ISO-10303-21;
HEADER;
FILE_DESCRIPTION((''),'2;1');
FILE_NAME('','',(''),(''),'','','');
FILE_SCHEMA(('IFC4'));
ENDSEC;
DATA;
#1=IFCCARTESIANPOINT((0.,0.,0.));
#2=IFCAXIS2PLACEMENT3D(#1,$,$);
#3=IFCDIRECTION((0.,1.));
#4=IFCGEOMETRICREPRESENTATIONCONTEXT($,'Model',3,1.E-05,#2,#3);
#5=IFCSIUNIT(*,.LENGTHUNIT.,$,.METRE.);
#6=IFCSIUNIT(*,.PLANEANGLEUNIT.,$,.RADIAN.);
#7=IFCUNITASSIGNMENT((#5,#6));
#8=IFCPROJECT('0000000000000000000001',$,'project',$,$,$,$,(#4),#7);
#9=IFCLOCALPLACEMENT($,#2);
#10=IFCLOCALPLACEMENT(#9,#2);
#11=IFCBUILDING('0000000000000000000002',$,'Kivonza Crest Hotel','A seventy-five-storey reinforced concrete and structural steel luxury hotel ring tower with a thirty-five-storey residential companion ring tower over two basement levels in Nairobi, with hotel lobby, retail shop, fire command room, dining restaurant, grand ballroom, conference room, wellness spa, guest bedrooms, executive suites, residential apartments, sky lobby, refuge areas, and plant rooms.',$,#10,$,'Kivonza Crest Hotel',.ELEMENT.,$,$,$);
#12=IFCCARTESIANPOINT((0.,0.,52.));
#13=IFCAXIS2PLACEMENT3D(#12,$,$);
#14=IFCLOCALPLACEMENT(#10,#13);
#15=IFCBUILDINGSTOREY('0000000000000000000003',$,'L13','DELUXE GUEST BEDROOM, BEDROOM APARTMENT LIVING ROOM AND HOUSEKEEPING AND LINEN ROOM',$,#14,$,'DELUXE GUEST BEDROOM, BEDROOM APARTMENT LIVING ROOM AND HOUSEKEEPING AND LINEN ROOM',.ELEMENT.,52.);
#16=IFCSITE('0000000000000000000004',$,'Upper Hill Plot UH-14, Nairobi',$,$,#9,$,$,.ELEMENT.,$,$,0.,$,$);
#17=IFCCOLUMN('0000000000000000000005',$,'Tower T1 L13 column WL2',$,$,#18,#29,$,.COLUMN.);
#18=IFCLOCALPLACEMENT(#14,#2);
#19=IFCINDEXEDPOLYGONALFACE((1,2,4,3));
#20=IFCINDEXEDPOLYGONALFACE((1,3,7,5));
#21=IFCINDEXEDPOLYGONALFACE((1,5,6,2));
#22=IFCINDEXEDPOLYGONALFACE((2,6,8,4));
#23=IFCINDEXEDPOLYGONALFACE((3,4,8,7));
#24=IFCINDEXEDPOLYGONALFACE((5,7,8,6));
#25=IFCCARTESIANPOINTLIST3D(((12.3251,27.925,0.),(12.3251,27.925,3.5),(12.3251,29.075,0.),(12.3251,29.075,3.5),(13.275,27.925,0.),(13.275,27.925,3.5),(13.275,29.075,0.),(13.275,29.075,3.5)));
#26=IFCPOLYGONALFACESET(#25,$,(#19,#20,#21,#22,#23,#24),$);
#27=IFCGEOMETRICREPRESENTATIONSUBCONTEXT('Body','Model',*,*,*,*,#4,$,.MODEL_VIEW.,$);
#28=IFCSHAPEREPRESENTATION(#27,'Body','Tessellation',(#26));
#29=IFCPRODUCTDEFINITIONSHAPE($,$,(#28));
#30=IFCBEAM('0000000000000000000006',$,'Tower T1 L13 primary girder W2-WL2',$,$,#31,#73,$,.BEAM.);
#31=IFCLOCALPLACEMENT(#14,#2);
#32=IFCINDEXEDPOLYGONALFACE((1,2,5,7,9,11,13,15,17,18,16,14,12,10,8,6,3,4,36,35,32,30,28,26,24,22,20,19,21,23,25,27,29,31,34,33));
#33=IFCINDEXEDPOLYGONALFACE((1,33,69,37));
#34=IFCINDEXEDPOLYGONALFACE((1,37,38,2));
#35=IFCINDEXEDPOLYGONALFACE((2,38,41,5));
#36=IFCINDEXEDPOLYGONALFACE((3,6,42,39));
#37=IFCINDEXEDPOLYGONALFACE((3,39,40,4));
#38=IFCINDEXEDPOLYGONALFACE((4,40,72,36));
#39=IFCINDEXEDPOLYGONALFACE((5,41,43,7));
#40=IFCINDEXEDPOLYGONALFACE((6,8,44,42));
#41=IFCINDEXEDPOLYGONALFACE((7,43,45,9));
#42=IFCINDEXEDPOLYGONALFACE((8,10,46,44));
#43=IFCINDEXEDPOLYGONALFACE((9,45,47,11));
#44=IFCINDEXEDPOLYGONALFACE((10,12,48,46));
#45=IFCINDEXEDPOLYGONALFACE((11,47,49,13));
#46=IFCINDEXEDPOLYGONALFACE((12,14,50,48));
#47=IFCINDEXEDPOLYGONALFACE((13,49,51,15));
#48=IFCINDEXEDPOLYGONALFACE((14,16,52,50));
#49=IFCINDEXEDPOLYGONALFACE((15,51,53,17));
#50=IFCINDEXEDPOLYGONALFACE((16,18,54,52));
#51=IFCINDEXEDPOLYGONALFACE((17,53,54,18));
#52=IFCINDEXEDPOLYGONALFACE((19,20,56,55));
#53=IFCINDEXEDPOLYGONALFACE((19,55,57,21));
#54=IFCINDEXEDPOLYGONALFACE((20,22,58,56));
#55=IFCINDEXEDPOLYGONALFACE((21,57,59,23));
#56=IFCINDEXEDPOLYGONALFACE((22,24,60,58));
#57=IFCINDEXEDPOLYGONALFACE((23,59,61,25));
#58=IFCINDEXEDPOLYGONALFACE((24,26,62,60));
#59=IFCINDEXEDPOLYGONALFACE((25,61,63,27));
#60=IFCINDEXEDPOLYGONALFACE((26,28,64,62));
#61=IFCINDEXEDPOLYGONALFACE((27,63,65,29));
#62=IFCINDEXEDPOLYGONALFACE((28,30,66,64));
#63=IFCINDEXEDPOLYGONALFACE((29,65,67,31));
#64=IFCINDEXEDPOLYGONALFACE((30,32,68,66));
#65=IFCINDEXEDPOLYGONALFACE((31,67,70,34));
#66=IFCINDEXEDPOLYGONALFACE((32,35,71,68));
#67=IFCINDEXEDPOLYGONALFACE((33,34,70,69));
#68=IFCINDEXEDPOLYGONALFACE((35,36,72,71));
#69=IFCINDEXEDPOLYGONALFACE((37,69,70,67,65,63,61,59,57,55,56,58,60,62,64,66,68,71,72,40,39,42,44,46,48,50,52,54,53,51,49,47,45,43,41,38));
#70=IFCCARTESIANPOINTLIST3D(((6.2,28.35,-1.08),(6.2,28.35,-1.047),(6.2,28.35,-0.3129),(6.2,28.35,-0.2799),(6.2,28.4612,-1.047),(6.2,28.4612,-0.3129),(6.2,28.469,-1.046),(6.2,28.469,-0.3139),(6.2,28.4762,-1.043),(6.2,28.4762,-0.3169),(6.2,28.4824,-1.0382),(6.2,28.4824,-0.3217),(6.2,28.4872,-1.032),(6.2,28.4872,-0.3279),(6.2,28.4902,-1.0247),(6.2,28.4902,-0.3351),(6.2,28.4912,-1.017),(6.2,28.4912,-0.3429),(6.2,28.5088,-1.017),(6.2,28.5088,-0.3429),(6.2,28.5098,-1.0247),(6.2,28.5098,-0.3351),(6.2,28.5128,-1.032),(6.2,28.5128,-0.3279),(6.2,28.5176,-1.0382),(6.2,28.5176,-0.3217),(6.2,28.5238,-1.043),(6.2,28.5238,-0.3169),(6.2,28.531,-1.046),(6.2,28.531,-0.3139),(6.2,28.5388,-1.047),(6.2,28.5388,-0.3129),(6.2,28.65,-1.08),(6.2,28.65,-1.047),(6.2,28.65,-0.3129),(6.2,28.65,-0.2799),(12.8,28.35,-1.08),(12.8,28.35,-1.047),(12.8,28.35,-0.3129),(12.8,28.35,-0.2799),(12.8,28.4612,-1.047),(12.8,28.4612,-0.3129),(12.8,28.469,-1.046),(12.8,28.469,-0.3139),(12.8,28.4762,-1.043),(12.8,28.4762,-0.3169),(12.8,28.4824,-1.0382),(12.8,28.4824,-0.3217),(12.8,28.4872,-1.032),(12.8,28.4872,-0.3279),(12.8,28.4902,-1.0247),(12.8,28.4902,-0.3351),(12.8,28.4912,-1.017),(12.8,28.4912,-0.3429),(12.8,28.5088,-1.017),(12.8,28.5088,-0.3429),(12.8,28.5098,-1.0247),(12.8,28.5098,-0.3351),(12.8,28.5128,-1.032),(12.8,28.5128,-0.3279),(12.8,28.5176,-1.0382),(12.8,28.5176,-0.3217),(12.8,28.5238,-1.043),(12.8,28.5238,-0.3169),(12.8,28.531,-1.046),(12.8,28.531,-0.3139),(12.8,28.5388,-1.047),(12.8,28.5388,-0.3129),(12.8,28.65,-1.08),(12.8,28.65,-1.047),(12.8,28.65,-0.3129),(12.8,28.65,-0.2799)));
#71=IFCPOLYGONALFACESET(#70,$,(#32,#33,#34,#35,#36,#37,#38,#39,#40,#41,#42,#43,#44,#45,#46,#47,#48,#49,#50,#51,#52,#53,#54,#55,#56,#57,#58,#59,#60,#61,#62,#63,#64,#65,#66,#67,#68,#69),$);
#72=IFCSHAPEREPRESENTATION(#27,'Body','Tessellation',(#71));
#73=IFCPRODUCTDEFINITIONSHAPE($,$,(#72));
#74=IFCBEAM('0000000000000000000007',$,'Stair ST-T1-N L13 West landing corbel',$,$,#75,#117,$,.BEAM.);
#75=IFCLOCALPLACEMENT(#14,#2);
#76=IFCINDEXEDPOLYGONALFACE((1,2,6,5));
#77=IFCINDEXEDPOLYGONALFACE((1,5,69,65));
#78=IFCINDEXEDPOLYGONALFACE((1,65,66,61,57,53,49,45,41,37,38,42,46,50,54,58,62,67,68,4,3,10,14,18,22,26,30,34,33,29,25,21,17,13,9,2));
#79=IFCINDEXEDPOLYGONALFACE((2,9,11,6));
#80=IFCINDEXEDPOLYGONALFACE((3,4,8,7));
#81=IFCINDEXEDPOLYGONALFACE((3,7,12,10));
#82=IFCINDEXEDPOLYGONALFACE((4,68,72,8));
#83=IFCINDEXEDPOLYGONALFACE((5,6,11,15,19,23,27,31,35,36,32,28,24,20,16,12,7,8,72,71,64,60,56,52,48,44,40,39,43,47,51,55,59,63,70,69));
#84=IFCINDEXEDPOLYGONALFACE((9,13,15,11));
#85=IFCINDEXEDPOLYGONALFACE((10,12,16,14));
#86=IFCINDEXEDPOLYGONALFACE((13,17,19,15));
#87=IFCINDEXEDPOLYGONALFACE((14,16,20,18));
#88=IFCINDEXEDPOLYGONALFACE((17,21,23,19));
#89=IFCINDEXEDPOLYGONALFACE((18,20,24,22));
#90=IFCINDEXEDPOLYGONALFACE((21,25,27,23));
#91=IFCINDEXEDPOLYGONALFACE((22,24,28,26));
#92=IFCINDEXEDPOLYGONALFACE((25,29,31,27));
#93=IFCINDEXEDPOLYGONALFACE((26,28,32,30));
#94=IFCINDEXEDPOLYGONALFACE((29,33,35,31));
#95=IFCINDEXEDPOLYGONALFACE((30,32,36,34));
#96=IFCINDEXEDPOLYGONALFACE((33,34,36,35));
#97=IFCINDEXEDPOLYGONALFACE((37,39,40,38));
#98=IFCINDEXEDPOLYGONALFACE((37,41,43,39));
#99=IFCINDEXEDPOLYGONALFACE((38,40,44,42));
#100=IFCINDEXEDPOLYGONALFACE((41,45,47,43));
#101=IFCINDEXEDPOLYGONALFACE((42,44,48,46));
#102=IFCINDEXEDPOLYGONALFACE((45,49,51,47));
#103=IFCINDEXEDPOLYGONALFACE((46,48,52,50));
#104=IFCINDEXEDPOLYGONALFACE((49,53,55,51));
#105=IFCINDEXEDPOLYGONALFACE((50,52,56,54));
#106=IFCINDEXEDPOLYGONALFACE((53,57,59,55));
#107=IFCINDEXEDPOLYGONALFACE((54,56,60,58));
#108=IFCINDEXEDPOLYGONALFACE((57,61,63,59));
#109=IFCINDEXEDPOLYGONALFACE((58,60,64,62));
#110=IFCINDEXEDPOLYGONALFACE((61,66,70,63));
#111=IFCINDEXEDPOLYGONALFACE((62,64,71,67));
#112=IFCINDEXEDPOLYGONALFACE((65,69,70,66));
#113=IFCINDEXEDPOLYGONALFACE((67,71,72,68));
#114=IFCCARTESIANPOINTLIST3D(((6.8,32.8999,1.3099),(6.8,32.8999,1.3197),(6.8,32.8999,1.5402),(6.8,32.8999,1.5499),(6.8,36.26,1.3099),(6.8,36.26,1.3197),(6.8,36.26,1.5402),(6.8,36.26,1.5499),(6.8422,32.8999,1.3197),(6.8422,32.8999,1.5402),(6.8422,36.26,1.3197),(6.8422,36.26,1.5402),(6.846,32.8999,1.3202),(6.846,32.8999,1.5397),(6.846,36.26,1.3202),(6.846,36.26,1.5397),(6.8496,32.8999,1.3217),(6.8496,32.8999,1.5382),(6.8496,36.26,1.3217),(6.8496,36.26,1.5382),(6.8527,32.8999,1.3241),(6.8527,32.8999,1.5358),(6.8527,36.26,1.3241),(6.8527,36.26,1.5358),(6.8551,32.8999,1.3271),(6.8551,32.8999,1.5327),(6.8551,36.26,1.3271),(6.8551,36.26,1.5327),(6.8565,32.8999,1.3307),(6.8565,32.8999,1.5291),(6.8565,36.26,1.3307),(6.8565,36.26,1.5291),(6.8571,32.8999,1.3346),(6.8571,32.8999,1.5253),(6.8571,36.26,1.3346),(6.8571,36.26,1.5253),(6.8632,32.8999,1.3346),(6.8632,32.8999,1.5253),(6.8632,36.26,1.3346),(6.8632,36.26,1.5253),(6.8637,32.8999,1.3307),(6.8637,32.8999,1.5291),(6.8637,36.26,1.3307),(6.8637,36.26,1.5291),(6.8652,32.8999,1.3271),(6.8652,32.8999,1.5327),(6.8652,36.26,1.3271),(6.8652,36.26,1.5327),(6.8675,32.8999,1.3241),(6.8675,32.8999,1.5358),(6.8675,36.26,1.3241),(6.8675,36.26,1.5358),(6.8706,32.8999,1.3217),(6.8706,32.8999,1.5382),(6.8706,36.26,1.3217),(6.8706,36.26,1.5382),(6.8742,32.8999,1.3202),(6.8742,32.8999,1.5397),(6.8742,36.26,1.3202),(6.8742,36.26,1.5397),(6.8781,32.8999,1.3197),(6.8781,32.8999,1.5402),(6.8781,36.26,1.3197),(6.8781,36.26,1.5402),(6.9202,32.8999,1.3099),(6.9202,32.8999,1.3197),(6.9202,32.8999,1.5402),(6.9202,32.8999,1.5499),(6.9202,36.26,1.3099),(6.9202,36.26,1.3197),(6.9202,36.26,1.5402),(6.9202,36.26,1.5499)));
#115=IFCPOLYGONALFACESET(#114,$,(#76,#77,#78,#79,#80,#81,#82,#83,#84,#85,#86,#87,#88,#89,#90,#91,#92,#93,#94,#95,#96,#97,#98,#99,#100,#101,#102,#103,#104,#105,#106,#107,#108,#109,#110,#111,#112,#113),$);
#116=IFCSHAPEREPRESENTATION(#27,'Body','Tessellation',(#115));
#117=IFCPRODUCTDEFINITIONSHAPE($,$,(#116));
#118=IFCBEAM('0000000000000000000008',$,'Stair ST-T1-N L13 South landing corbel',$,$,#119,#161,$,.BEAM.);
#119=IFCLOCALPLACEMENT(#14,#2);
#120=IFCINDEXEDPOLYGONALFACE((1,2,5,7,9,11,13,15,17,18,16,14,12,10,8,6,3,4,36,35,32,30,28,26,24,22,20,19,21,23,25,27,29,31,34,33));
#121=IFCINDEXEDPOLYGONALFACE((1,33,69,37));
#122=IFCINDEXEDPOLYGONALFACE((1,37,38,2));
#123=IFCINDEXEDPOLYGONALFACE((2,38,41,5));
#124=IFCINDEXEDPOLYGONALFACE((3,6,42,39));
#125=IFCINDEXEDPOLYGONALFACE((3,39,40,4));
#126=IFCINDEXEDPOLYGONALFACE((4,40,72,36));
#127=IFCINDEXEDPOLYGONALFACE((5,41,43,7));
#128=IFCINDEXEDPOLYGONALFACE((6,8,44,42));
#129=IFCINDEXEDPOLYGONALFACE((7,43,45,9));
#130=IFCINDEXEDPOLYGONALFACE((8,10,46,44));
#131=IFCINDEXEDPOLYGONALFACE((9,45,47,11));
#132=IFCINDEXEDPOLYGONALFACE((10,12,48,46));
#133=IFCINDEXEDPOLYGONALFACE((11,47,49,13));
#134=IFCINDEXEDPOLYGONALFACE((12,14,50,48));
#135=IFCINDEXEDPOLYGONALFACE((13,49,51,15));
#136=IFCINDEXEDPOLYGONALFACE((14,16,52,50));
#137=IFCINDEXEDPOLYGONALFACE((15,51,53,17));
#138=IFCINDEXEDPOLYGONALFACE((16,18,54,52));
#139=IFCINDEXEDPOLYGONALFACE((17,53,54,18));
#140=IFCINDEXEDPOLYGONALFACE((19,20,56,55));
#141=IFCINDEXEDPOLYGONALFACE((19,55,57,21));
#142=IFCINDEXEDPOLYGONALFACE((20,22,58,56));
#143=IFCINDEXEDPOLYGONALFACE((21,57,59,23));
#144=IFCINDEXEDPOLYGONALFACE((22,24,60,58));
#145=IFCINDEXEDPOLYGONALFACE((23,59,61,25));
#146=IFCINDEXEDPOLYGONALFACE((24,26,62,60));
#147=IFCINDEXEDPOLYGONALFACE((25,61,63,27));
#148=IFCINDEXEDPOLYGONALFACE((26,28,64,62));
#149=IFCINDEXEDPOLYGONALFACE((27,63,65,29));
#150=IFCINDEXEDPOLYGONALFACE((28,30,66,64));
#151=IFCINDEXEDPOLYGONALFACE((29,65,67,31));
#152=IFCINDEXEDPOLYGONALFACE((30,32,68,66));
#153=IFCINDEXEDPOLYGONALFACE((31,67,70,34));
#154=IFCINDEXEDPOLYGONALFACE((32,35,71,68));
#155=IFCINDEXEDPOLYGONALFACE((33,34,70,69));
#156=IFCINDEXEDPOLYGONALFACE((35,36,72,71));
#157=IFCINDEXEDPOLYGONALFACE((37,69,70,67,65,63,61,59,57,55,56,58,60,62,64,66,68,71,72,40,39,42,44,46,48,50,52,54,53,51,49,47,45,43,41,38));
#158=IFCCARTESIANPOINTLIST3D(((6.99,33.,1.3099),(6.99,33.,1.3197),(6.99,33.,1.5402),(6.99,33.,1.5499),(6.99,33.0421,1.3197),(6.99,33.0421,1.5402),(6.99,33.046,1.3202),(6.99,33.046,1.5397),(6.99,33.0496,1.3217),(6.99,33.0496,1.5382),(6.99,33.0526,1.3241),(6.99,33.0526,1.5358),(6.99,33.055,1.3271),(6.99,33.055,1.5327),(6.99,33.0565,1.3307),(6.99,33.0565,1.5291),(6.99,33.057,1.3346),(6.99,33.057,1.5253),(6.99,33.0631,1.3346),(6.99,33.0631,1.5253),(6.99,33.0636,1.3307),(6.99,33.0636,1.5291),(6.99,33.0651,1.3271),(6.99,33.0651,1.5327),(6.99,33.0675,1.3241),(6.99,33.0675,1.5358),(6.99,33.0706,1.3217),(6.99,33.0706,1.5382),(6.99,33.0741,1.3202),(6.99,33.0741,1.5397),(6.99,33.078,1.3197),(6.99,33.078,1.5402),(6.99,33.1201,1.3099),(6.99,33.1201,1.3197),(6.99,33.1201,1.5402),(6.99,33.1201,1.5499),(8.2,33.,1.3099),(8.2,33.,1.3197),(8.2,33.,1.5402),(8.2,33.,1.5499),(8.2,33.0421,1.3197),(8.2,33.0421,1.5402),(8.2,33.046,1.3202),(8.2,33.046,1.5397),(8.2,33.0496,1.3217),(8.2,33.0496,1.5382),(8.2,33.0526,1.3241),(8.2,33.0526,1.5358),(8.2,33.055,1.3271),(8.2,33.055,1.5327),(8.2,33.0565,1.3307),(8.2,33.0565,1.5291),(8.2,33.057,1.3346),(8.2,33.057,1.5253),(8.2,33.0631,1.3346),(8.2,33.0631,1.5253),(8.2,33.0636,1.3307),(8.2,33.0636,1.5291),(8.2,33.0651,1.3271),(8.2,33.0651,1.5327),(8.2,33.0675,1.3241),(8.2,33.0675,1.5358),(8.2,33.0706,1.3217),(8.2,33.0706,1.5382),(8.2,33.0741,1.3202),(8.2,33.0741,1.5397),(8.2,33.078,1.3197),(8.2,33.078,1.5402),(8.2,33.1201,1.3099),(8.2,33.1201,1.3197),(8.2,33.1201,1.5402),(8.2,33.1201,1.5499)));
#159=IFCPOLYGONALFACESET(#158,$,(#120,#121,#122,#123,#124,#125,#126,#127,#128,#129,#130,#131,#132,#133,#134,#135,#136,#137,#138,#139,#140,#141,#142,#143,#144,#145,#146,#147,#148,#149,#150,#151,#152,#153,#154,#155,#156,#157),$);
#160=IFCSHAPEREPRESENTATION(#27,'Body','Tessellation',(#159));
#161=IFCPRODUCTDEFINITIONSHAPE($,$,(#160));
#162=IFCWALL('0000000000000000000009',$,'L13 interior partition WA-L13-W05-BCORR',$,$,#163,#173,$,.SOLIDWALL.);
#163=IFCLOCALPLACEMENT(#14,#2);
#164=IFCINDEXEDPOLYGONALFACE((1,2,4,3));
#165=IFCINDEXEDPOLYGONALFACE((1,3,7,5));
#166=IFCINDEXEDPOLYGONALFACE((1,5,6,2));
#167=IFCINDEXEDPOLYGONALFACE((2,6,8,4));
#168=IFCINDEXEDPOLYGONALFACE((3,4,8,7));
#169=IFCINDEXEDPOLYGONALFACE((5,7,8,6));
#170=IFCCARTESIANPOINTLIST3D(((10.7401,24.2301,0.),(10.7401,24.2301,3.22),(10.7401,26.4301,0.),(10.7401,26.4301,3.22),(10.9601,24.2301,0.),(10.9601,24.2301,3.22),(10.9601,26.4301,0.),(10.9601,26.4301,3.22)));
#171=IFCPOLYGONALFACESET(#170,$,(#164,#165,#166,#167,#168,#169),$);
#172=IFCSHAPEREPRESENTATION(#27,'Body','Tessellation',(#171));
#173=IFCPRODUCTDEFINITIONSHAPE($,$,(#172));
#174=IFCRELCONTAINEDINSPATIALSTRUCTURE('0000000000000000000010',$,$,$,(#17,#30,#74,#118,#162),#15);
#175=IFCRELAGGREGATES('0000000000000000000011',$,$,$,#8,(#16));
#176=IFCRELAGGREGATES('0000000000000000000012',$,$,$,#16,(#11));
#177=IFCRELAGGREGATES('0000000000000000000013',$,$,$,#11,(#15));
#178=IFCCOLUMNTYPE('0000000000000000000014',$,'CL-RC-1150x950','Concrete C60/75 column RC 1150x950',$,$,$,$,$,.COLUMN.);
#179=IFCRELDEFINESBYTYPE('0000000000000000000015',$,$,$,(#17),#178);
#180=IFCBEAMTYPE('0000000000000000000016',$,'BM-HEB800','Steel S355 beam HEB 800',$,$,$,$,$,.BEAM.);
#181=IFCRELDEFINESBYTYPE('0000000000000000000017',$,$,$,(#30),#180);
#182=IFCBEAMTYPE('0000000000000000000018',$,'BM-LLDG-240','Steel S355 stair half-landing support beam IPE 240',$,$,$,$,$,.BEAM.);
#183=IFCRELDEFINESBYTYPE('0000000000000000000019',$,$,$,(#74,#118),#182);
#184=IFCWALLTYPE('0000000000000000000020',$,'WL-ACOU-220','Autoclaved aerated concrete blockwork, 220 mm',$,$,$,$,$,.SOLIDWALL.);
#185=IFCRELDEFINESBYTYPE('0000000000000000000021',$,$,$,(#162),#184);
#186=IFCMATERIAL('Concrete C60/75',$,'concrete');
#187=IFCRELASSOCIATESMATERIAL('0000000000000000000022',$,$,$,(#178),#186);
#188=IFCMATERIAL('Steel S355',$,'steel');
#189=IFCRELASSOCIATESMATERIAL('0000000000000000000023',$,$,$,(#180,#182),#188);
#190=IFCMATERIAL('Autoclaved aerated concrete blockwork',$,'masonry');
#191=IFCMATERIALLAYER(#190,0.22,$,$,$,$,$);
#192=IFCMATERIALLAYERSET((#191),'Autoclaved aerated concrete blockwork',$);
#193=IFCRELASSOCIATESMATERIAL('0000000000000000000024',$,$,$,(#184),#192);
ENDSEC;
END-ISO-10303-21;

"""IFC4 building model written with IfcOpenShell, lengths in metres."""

from ifc_helpers import new_model, si_unit, direction, frame, frame_2d, origin, origin_2d, place, context, subcontext, project, spatial, rectangle, i_section, extrude, material, layer, layer_set, material_profile, profile_set, type_object, element, save


model = new_model("IFC4")

# Units and contexts
model_context = context("Model", 3, precision=1e-05, world=origin(), true_north=direction((0.0, 1.0)))
body_context = subcontext(model_context, "Body", "Model", "MODEL_VIEW")
ifc_project = project(units=[si_unit("LENGTHUNIT", "METRE"), si_unit("PLANEANGLEUNIT", "RADIAN")], contexts=[model_context])

# Site, building, storey
site_placement = place(None, origin())
site = spatial("IfcSite", under=ifc_project, at=site_placement, Name="Upper Hill Plot UH-14, Nairobi", CompositionType="ELEMENT", RefElevation=0.0)
building_placement = place(site_placement, origin())
building = spatial("IfcBuilding", under=site, at=building_placement, Name="Kivonza Crest Hotel", Description="A seventy-five-storey reinforced concrete and structural steel luxury hotel ring tower with a thirty-five-storey residential companion ring tower over two basement levels in Nairobi, with hotel lobby, retail shop, fire command room, dining restaurant, grand ballroom, conference room, wellness spa, guest bedrooms, executive suites, residential apartments, sky lobby, refuge areas, and plant rooms.", LongName="Kivonza Crest Hotel", CompositionType="ELEMENT")
storey_placement = place(building_placement, frame((0.0, 0.0, 52.0)))
storey = spatial("IfcBuildingStorey", under=building, at=storey_placement, Name="L13", Description="DELUXE GUEST BEDROOM, BEDROOM APARTMENT LIVING ROOM AND HOUSEKEEPING AND LINEN ROOM", LongName="DELUXE GUEST BEDROOM, BEDROOM APARTMENT LIVING ROOM AND HOUSEKEEPING AND LINEN ROOM", CompositionType="ELEMENT", Elevation=52.0)

# Column
ifc_material_1 = material(Name="Concrete C60/75", Category="concrete")
ifc_material_profile_1 = material_profile(ifc_material_1, rectangle(XDim=0.95, YDim=1.1499, at=origin_2d()), Name="RC 1150x950")
ifc_profile_set_1 = profile_set([ifc_material_profile_1], Name="Concrete C60/75")
column_type = type_object("IfcColumnType", Name="CL-RC-1150x950", Description="Concrete C60/75 column RC 1150x950", PredefinedType="COLUMN", material=ifc_profile_set_1)
column_placement = place(storey_placement, frame((12.8, 28.5, 0.0), z_axis=(0.0, 0.0, 1.0), x_axis=(1.0, 0.0, 0.0)))
element("IfcColumn", 1, at=column_placement, inside=storey, type_object=column_type, Name="Tower T1 L13 column WL2", PredefinedType="COLUMN", context=body_context, shape_type="SweptSolid", body=[
    extrude(rectangle(XDim=0.95, YDim=1.1499, at=origin_2d()), origin(), (0.0, 0.0, 1.0), 3.5),
])

# Beams
ifc_material_2 = material(Name="Steel S355", Category="steel")
ifc_material_profile_2 = material_profile(ifc_material_2, i_section(OverallWidth=0.3, OverallDepth=0.8, WebThickness=0.0176, FlangeThickness=0.033, FilletRadius=0.03, at=origin_2d()), Name="HEB 800")
ifc_profile_set_2 = profile_set([ifc_material_profile_2], Name="Steel S355")
beam_type_1 = type_object("IfcBeamType", Name="BM-HEB800", Description="Steel S355 beam HEB 800", PredefinedType="BEAM", material=ifc_profile_set_2)
beam_1_placement = place(storey_placement, frame((6.2, 28.5, -0.6799), z_axis=(1.0, 0.0, 0.0), x_axis=(0.0, 1.0, 0.0)))
element("IfcBeam", 2, at=beam_1_placement, inside=storey, type_object=beam_type_1, Name="Tower T1 L13 primary girder W2-WL2", PredefinedType="BEAM", context=body_context, shape_type="SweptSolid", body=[
    extrude(i_section(OverallWidth=0.3, OverallDepth=0.8, WebThickness=0.0176, FlangeThickness=0.033, FilletRadius=0.03, at=origin_2d()), origin(), (0.0, 0.0, 1.0), 6.6001),
])
ifc_material_profile_3 = material_profile(ifc_material_2, i_section(OverallWidth=0.1201, OverallDepth=0.24, WebThickness=0.0061, FlangeThickness=0.0098, FilletRadius=0.0149, at=origin_2d()), Name="IPE 240")
ifc_profile_set_3 = profile_set([ifc_material_profile_3], Name="Steel S355")
beam_type_2 = type_object("IfcBeamType", Name="BM-LLDG-240", Description="Steel S355 stair half-landing support beam IPE 240", PredefinedType="BEAM", material=ifc_profile_set_3)
beam_2_placement = place(storey_placement, frame((6.8601, 32.8999, 1.4299), z_axis=(0.0, 1.0, 0.0), x_axis=(-1.0, 0.0, 0.0)))
element("IfcBeam", 3, at=beam_2_placement, inside=storey, type_object=beam_type_2, Name="Stair ST-T1-N L13 West landing corbel", PredefinedType="BEAM", context=body_context, shape_type="SweptSolid", body=[
    extrude(i_section(OverallWidth=0.1201, OverallDepth=0.24, WebThickness=0.0061, FlangeThickness=0.0098, FilletRadius=0.0149, at=origin_2d()), origin(), (0.0, 0.0, 1.0), 3.3601),
])
beam_3_placement = place(storey_placement, frame((6.99, 33.0601, 1.4299), z_axis=(1.0, 0.0, 0.0), x_axis=(0.0, 1.0, 0.0)))
element("IfcBeam", 4, at=beam_3_placement, inside=storey, type_object=beam_type_2, Name="Stair ST-T1-N L13 South landing corbel", PredefinedType="BEAM", context=body_context, shape_type="SweptSolid", body=[
    extrude(i_section(OverallWidth=0.1201, OverallDepth=0.24, WebThickness=0.0061, FlangeThickness=0.0098, FilletRadius=0.0149, at=origin_2d()), origin(), (0.0, 0.0, 1.0), 1.21),
])

# Wall
ifc_material_3 = material(Name="Autoclaved aerated concrete blockwork", Category="masonry")
ifc_layer_1 = layer(ifc_material_3, 0.22)
ifc_layer_set_1 = layer_set([ifc_layer_1], Name="Autoclaved aerated concrete blockwork")
wall_type_1 = type_object("IfcWallType", Name="WL-ACOU-220", Description="Autoclaved aerated concrete blockwork, 220 mm", PredefinedType="SOLIDWALL", material=ifc_layer_set_1)
wall_1_placement = place(storey_placement, frame((10.8501, 24.23, 0.0), z_axis=(0.0, 0.0, 1.0), x_axis=(0.0, 1.0, 0.0)))
element("IfcWall", 5, at=wall_1_placement, inside=storey, type_object=wall_type_1, Name="L13 interior partition WA-L13-W05-BCORR", PredefinedType="SOLIDWALL", context=body_context, shape_type="SweptSolid", body=[
    extrude(rectangle(XDim=2.2, YDim=0.22, at=frame_2d((1.1001, 0.0))), origin(), (0.0, 0.0, 1.0), 3.22),
])

save(model, "model.ifc")
